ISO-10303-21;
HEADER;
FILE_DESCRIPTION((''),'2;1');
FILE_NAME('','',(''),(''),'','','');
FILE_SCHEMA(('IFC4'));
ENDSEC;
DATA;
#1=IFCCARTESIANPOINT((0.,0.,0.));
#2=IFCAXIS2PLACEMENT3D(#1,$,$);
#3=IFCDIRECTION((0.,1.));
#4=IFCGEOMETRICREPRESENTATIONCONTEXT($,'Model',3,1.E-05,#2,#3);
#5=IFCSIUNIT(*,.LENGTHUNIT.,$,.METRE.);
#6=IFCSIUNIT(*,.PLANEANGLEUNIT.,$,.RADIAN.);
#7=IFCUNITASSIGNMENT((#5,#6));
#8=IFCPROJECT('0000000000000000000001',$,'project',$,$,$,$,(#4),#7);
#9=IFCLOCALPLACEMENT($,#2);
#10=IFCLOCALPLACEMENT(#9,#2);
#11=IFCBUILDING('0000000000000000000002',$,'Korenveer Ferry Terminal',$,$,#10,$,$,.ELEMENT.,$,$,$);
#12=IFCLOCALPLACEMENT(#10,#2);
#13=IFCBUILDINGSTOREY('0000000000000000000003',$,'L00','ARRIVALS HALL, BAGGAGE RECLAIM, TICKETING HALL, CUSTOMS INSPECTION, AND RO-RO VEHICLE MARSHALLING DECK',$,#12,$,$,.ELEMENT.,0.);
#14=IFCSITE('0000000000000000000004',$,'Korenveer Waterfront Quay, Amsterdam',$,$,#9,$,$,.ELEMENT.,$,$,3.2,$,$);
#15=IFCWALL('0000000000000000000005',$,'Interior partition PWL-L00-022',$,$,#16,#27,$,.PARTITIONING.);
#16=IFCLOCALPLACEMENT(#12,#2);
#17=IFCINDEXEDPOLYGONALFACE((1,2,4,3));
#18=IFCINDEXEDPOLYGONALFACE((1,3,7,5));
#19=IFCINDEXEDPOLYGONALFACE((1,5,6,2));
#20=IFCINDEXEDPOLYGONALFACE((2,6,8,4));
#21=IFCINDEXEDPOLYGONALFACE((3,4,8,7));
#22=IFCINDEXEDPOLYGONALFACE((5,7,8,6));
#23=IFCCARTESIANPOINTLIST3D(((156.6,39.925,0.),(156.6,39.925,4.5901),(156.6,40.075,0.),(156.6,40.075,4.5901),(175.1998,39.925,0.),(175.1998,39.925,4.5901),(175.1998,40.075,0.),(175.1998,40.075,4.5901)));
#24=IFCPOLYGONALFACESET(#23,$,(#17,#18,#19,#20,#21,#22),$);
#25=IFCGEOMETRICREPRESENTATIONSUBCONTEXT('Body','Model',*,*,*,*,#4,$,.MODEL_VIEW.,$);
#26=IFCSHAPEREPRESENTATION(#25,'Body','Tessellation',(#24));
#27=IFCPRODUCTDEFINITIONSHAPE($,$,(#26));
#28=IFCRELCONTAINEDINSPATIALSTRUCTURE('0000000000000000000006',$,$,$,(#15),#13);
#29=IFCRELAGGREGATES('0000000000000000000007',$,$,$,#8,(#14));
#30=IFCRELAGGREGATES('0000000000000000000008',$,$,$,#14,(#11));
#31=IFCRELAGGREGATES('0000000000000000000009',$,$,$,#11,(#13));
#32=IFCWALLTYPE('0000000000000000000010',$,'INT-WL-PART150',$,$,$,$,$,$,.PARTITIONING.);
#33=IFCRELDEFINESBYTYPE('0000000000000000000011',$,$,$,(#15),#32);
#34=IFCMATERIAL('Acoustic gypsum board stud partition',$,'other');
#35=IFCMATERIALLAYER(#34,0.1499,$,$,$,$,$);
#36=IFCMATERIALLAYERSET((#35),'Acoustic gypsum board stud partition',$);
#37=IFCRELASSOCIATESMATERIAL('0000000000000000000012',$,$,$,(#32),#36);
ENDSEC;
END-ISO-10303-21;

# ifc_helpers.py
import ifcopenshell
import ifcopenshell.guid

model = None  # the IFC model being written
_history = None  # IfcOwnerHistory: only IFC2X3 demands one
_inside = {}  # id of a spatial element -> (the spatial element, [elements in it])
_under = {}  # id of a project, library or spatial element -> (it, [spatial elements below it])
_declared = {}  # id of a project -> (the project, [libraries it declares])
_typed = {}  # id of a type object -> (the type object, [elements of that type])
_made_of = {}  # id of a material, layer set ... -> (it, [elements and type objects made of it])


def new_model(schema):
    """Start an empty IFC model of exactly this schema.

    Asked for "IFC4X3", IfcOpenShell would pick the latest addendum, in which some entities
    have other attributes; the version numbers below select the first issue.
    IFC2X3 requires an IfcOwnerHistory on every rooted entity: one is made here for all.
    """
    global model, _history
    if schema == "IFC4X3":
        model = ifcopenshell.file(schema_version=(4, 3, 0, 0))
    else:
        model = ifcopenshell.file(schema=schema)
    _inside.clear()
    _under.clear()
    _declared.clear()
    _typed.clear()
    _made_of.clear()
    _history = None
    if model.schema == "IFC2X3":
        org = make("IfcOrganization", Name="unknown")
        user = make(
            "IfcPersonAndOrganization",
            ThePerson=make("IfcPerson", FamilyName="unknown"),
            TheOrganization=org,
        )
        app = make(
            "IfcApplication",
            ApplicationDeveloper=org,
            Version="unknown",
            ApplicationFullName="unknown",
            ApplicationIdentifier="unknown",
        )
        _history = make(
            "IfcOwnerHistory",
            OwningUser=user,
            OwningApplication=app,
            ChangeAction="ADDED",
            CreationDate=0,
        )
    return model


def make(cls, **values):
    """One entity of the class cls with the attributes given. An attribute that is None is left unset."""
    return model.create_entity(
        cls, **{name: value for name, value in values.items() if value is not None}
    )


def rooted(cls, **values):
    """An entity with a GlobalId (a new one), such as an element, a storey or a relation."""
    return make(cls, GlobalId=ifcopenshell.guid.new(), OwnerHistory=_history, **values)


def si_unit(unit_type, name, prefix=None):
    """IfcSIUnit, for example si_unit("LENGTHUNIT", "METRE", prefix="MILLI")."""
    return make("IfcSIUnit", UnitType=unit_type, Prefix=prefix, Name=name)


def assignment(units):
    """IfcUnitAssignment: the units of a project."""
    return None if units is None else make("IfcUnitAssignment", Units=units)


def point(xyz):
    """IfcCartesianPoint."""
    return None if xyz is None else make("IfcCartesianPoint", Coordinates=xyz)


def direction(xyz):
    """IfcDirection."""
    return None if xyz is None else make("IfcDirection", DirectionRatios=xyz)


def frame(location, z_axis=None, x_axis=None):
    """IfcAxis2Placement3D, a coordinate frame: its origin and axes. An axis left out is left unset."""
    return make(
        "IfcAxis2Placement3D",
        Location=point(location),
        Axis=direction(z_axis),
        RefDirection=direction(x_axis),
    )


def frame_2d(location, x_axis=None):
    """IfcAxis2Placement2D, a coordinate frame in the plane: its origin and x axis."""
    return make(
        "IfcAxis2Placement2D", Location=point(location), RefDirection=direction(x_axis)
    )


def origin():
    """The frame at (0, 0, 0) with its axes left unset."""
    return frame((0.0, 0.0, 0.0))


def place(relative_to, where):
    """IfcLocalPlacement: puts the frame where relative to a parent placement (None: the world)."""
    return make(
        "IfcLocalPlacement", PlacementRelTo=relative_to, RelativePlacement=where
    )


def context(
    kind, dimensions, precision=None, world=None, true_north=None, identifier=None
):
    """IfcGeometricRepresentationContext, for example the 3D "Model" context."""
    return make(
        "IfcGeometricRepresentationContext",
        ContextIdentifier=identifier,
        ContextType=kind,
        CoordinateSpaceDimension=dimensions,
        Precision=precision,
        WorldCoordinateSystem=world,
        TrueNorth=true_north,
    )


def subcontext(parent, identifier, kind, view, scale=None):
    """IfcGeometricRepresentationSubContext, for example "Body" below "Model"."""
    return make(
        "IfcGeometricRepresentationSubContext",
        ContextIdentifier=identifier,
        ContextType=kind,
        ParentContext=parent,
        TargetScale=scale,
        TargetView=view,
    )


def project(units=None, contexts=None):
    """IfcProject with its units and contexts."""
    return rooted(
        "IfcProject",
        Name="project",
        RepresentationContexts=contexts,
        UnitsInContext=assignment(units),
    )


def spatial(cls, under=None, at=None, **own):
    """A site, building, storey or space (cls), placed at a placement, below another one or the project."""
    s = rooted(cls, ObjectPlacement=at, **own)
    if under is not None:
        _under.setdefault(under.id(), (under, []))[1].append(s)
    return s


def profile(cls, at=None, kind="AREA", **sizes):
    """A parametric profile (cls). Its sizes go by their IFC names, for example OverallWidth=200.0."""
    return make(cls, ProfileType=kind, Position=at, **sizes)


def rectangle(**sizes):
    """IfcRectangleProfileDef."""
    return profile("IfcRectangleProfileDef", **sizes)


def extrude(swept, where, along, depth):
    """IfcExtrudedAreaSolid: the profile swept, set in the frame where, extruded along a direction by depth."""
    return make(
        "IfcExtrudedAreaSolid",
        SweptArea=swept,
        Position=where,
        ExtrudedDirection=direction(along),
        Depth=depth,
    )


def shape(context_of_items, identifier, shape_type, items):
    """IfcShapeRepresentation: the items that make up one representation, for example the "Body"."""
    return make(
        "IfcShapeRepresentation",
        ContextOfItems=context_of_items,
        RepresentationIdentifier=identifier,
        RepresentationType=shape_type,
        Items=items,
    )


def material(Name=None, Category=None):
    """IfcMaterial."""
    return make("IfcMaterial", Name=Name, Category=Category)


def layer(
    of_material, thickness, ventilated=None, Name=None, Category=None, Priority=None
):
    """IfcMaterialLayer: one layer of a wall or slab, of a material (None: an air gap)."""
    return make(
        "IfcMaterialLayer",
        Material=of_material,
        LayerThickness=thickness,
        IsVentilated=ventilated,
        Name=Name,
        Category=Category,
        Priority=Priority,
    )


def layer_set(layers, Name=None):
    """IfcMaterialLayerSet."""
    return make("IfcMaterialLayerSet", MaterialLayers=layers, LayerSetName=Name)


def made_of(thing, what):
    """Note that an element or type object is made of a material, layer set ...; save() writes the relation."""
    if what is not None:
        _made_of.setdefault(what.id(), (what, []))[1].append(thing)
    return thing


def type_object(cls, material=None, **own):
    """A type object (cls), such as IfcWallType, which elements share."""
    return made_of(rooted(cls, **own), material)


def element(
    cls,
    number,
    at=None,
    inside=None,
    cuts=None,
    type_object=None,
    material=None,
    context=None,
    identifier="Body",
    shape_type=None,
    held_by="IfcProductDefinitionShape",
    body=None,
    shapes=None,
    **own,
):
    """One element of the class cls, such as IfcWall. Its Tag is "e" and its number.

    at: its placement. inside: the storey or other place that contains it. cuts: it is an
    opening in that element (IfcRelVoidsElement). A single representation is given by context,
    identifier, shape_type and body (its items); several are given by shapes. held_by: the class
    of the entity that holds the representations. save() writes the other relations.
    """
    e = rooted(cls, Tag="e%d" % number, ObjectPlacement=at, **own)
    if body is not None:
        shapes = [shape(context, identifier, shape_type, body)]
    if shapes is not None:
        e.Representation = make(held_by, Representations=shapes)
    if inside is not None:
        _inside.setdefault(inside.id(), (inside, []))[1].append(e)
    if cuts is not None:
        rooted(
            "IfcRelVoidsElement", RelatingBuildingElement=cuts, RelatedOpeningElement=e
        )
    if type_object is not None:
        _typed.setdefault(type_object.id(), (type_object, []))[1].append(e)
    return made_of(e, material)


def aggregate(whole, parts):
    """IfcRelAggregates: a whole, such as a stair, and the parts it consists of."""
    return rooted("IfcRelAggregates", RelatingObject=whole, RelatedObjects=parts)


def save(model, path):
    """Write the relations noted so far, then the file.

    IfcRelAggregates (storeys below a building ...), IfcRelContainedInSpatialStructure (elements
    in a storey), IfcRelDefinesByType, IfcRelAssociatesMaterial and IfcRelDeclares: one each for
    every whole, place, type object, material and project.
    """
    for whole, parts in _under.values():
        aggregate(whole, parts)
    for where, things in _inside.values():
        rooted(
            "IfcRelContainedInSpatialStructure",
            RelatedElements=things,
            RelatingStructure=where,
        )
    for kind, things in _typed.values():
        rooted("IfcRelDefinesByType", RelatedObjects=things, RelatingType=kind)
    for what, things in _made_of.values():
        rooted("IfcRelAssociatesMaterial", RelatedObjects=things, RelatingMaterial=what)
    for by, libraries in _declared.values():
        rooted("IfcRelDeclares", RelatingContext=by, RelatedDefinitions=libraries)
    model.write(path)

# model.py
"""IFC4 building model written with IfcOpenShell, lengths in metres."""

from ifc_helpers import new_model, si_unit, direction, frame, frame_2d, origin, place, context, subcontext, project, spatial, rectangle, extrude, material, layer, layer_set, type_object, element, save


model = new_model("IFC4")

# Units and contexts
model_context = context("Model", 3, precision=1e-05, world=origin(), true_north=direction((0.0, 1.0)))
body_context = subcontext(model_context, "Body", "Model", "MODEL_VIEW")
ifc_project = project(units=[si_unit("LENGTHUNIT", "METRE"), si_unit("PLANEANGLEUNIT", "RADIAN")], contexts=[model_context])

# Site, building, storey
site_placement = place(None, origin())
site = spatial("IfcSite", under=ifc_project, at=site_placement, Name="Korenveer Waterfront Quay, Amsterdam", CompositionType="ELEMENT", RefElevation=3.2)
building_placement = place(site_placement, origin())
building = spatial("IfcBuilding", under=site, at=building_placement, Name="Korenveer Ferry Terminal", CompositionType="ELEMENT")
storey_placement = place(building_placement, origin())
storey = spatial("IfcBuildingStorey", under=building, at=storey_placement, Name="L00", Description="ARRIVALS HALL, BAGGAGE RECLAIM, TICKETING HALL, CUSTOMS INSPECTION, AND RO-RO VEHICLE MARSHALLING DECK", CompositionType="ELEMENT", Elevation=0.0)

# Wall
ifc_material_1 = material(Name="Acoustic gypsum board stud partition", Category="other")
ifc_layer_1 = layer(ifc_material_1, 0.1499)
ifc_layer_set_1 = layer_set([ifc_layer_1], Name="Acoustic gypsum board stud partition")
wall_type_1 = type_object("IfcWallType", Name="INT-WL-PART150", PredefinedType="PARTITIONING", material=ifc_layer_set_1)
wall_1_placement = place(storey_placement, frame((156.6001, 40.0, 0.0), z_axis=(0.0, 0.0, 1.0), x_axis=(1.0, 0.0, 0.0)))
element("IfcWall", 1, at=wall_1_placement, inside=storey, type_object=wall_type_1, Name="Interior partition PWL-L00-022", PredefinedType="PARTITIONING", context=body_context, shape_type="SweptSolid", body=[
    extrude(rectangle(XDim=18.5999, YDim=0.1499, at=frame_2d((9.2998, 0.0))), origin(), (0.0, 0.0, 1.0), 4.5901),
])

save(model, "model.ifc")
